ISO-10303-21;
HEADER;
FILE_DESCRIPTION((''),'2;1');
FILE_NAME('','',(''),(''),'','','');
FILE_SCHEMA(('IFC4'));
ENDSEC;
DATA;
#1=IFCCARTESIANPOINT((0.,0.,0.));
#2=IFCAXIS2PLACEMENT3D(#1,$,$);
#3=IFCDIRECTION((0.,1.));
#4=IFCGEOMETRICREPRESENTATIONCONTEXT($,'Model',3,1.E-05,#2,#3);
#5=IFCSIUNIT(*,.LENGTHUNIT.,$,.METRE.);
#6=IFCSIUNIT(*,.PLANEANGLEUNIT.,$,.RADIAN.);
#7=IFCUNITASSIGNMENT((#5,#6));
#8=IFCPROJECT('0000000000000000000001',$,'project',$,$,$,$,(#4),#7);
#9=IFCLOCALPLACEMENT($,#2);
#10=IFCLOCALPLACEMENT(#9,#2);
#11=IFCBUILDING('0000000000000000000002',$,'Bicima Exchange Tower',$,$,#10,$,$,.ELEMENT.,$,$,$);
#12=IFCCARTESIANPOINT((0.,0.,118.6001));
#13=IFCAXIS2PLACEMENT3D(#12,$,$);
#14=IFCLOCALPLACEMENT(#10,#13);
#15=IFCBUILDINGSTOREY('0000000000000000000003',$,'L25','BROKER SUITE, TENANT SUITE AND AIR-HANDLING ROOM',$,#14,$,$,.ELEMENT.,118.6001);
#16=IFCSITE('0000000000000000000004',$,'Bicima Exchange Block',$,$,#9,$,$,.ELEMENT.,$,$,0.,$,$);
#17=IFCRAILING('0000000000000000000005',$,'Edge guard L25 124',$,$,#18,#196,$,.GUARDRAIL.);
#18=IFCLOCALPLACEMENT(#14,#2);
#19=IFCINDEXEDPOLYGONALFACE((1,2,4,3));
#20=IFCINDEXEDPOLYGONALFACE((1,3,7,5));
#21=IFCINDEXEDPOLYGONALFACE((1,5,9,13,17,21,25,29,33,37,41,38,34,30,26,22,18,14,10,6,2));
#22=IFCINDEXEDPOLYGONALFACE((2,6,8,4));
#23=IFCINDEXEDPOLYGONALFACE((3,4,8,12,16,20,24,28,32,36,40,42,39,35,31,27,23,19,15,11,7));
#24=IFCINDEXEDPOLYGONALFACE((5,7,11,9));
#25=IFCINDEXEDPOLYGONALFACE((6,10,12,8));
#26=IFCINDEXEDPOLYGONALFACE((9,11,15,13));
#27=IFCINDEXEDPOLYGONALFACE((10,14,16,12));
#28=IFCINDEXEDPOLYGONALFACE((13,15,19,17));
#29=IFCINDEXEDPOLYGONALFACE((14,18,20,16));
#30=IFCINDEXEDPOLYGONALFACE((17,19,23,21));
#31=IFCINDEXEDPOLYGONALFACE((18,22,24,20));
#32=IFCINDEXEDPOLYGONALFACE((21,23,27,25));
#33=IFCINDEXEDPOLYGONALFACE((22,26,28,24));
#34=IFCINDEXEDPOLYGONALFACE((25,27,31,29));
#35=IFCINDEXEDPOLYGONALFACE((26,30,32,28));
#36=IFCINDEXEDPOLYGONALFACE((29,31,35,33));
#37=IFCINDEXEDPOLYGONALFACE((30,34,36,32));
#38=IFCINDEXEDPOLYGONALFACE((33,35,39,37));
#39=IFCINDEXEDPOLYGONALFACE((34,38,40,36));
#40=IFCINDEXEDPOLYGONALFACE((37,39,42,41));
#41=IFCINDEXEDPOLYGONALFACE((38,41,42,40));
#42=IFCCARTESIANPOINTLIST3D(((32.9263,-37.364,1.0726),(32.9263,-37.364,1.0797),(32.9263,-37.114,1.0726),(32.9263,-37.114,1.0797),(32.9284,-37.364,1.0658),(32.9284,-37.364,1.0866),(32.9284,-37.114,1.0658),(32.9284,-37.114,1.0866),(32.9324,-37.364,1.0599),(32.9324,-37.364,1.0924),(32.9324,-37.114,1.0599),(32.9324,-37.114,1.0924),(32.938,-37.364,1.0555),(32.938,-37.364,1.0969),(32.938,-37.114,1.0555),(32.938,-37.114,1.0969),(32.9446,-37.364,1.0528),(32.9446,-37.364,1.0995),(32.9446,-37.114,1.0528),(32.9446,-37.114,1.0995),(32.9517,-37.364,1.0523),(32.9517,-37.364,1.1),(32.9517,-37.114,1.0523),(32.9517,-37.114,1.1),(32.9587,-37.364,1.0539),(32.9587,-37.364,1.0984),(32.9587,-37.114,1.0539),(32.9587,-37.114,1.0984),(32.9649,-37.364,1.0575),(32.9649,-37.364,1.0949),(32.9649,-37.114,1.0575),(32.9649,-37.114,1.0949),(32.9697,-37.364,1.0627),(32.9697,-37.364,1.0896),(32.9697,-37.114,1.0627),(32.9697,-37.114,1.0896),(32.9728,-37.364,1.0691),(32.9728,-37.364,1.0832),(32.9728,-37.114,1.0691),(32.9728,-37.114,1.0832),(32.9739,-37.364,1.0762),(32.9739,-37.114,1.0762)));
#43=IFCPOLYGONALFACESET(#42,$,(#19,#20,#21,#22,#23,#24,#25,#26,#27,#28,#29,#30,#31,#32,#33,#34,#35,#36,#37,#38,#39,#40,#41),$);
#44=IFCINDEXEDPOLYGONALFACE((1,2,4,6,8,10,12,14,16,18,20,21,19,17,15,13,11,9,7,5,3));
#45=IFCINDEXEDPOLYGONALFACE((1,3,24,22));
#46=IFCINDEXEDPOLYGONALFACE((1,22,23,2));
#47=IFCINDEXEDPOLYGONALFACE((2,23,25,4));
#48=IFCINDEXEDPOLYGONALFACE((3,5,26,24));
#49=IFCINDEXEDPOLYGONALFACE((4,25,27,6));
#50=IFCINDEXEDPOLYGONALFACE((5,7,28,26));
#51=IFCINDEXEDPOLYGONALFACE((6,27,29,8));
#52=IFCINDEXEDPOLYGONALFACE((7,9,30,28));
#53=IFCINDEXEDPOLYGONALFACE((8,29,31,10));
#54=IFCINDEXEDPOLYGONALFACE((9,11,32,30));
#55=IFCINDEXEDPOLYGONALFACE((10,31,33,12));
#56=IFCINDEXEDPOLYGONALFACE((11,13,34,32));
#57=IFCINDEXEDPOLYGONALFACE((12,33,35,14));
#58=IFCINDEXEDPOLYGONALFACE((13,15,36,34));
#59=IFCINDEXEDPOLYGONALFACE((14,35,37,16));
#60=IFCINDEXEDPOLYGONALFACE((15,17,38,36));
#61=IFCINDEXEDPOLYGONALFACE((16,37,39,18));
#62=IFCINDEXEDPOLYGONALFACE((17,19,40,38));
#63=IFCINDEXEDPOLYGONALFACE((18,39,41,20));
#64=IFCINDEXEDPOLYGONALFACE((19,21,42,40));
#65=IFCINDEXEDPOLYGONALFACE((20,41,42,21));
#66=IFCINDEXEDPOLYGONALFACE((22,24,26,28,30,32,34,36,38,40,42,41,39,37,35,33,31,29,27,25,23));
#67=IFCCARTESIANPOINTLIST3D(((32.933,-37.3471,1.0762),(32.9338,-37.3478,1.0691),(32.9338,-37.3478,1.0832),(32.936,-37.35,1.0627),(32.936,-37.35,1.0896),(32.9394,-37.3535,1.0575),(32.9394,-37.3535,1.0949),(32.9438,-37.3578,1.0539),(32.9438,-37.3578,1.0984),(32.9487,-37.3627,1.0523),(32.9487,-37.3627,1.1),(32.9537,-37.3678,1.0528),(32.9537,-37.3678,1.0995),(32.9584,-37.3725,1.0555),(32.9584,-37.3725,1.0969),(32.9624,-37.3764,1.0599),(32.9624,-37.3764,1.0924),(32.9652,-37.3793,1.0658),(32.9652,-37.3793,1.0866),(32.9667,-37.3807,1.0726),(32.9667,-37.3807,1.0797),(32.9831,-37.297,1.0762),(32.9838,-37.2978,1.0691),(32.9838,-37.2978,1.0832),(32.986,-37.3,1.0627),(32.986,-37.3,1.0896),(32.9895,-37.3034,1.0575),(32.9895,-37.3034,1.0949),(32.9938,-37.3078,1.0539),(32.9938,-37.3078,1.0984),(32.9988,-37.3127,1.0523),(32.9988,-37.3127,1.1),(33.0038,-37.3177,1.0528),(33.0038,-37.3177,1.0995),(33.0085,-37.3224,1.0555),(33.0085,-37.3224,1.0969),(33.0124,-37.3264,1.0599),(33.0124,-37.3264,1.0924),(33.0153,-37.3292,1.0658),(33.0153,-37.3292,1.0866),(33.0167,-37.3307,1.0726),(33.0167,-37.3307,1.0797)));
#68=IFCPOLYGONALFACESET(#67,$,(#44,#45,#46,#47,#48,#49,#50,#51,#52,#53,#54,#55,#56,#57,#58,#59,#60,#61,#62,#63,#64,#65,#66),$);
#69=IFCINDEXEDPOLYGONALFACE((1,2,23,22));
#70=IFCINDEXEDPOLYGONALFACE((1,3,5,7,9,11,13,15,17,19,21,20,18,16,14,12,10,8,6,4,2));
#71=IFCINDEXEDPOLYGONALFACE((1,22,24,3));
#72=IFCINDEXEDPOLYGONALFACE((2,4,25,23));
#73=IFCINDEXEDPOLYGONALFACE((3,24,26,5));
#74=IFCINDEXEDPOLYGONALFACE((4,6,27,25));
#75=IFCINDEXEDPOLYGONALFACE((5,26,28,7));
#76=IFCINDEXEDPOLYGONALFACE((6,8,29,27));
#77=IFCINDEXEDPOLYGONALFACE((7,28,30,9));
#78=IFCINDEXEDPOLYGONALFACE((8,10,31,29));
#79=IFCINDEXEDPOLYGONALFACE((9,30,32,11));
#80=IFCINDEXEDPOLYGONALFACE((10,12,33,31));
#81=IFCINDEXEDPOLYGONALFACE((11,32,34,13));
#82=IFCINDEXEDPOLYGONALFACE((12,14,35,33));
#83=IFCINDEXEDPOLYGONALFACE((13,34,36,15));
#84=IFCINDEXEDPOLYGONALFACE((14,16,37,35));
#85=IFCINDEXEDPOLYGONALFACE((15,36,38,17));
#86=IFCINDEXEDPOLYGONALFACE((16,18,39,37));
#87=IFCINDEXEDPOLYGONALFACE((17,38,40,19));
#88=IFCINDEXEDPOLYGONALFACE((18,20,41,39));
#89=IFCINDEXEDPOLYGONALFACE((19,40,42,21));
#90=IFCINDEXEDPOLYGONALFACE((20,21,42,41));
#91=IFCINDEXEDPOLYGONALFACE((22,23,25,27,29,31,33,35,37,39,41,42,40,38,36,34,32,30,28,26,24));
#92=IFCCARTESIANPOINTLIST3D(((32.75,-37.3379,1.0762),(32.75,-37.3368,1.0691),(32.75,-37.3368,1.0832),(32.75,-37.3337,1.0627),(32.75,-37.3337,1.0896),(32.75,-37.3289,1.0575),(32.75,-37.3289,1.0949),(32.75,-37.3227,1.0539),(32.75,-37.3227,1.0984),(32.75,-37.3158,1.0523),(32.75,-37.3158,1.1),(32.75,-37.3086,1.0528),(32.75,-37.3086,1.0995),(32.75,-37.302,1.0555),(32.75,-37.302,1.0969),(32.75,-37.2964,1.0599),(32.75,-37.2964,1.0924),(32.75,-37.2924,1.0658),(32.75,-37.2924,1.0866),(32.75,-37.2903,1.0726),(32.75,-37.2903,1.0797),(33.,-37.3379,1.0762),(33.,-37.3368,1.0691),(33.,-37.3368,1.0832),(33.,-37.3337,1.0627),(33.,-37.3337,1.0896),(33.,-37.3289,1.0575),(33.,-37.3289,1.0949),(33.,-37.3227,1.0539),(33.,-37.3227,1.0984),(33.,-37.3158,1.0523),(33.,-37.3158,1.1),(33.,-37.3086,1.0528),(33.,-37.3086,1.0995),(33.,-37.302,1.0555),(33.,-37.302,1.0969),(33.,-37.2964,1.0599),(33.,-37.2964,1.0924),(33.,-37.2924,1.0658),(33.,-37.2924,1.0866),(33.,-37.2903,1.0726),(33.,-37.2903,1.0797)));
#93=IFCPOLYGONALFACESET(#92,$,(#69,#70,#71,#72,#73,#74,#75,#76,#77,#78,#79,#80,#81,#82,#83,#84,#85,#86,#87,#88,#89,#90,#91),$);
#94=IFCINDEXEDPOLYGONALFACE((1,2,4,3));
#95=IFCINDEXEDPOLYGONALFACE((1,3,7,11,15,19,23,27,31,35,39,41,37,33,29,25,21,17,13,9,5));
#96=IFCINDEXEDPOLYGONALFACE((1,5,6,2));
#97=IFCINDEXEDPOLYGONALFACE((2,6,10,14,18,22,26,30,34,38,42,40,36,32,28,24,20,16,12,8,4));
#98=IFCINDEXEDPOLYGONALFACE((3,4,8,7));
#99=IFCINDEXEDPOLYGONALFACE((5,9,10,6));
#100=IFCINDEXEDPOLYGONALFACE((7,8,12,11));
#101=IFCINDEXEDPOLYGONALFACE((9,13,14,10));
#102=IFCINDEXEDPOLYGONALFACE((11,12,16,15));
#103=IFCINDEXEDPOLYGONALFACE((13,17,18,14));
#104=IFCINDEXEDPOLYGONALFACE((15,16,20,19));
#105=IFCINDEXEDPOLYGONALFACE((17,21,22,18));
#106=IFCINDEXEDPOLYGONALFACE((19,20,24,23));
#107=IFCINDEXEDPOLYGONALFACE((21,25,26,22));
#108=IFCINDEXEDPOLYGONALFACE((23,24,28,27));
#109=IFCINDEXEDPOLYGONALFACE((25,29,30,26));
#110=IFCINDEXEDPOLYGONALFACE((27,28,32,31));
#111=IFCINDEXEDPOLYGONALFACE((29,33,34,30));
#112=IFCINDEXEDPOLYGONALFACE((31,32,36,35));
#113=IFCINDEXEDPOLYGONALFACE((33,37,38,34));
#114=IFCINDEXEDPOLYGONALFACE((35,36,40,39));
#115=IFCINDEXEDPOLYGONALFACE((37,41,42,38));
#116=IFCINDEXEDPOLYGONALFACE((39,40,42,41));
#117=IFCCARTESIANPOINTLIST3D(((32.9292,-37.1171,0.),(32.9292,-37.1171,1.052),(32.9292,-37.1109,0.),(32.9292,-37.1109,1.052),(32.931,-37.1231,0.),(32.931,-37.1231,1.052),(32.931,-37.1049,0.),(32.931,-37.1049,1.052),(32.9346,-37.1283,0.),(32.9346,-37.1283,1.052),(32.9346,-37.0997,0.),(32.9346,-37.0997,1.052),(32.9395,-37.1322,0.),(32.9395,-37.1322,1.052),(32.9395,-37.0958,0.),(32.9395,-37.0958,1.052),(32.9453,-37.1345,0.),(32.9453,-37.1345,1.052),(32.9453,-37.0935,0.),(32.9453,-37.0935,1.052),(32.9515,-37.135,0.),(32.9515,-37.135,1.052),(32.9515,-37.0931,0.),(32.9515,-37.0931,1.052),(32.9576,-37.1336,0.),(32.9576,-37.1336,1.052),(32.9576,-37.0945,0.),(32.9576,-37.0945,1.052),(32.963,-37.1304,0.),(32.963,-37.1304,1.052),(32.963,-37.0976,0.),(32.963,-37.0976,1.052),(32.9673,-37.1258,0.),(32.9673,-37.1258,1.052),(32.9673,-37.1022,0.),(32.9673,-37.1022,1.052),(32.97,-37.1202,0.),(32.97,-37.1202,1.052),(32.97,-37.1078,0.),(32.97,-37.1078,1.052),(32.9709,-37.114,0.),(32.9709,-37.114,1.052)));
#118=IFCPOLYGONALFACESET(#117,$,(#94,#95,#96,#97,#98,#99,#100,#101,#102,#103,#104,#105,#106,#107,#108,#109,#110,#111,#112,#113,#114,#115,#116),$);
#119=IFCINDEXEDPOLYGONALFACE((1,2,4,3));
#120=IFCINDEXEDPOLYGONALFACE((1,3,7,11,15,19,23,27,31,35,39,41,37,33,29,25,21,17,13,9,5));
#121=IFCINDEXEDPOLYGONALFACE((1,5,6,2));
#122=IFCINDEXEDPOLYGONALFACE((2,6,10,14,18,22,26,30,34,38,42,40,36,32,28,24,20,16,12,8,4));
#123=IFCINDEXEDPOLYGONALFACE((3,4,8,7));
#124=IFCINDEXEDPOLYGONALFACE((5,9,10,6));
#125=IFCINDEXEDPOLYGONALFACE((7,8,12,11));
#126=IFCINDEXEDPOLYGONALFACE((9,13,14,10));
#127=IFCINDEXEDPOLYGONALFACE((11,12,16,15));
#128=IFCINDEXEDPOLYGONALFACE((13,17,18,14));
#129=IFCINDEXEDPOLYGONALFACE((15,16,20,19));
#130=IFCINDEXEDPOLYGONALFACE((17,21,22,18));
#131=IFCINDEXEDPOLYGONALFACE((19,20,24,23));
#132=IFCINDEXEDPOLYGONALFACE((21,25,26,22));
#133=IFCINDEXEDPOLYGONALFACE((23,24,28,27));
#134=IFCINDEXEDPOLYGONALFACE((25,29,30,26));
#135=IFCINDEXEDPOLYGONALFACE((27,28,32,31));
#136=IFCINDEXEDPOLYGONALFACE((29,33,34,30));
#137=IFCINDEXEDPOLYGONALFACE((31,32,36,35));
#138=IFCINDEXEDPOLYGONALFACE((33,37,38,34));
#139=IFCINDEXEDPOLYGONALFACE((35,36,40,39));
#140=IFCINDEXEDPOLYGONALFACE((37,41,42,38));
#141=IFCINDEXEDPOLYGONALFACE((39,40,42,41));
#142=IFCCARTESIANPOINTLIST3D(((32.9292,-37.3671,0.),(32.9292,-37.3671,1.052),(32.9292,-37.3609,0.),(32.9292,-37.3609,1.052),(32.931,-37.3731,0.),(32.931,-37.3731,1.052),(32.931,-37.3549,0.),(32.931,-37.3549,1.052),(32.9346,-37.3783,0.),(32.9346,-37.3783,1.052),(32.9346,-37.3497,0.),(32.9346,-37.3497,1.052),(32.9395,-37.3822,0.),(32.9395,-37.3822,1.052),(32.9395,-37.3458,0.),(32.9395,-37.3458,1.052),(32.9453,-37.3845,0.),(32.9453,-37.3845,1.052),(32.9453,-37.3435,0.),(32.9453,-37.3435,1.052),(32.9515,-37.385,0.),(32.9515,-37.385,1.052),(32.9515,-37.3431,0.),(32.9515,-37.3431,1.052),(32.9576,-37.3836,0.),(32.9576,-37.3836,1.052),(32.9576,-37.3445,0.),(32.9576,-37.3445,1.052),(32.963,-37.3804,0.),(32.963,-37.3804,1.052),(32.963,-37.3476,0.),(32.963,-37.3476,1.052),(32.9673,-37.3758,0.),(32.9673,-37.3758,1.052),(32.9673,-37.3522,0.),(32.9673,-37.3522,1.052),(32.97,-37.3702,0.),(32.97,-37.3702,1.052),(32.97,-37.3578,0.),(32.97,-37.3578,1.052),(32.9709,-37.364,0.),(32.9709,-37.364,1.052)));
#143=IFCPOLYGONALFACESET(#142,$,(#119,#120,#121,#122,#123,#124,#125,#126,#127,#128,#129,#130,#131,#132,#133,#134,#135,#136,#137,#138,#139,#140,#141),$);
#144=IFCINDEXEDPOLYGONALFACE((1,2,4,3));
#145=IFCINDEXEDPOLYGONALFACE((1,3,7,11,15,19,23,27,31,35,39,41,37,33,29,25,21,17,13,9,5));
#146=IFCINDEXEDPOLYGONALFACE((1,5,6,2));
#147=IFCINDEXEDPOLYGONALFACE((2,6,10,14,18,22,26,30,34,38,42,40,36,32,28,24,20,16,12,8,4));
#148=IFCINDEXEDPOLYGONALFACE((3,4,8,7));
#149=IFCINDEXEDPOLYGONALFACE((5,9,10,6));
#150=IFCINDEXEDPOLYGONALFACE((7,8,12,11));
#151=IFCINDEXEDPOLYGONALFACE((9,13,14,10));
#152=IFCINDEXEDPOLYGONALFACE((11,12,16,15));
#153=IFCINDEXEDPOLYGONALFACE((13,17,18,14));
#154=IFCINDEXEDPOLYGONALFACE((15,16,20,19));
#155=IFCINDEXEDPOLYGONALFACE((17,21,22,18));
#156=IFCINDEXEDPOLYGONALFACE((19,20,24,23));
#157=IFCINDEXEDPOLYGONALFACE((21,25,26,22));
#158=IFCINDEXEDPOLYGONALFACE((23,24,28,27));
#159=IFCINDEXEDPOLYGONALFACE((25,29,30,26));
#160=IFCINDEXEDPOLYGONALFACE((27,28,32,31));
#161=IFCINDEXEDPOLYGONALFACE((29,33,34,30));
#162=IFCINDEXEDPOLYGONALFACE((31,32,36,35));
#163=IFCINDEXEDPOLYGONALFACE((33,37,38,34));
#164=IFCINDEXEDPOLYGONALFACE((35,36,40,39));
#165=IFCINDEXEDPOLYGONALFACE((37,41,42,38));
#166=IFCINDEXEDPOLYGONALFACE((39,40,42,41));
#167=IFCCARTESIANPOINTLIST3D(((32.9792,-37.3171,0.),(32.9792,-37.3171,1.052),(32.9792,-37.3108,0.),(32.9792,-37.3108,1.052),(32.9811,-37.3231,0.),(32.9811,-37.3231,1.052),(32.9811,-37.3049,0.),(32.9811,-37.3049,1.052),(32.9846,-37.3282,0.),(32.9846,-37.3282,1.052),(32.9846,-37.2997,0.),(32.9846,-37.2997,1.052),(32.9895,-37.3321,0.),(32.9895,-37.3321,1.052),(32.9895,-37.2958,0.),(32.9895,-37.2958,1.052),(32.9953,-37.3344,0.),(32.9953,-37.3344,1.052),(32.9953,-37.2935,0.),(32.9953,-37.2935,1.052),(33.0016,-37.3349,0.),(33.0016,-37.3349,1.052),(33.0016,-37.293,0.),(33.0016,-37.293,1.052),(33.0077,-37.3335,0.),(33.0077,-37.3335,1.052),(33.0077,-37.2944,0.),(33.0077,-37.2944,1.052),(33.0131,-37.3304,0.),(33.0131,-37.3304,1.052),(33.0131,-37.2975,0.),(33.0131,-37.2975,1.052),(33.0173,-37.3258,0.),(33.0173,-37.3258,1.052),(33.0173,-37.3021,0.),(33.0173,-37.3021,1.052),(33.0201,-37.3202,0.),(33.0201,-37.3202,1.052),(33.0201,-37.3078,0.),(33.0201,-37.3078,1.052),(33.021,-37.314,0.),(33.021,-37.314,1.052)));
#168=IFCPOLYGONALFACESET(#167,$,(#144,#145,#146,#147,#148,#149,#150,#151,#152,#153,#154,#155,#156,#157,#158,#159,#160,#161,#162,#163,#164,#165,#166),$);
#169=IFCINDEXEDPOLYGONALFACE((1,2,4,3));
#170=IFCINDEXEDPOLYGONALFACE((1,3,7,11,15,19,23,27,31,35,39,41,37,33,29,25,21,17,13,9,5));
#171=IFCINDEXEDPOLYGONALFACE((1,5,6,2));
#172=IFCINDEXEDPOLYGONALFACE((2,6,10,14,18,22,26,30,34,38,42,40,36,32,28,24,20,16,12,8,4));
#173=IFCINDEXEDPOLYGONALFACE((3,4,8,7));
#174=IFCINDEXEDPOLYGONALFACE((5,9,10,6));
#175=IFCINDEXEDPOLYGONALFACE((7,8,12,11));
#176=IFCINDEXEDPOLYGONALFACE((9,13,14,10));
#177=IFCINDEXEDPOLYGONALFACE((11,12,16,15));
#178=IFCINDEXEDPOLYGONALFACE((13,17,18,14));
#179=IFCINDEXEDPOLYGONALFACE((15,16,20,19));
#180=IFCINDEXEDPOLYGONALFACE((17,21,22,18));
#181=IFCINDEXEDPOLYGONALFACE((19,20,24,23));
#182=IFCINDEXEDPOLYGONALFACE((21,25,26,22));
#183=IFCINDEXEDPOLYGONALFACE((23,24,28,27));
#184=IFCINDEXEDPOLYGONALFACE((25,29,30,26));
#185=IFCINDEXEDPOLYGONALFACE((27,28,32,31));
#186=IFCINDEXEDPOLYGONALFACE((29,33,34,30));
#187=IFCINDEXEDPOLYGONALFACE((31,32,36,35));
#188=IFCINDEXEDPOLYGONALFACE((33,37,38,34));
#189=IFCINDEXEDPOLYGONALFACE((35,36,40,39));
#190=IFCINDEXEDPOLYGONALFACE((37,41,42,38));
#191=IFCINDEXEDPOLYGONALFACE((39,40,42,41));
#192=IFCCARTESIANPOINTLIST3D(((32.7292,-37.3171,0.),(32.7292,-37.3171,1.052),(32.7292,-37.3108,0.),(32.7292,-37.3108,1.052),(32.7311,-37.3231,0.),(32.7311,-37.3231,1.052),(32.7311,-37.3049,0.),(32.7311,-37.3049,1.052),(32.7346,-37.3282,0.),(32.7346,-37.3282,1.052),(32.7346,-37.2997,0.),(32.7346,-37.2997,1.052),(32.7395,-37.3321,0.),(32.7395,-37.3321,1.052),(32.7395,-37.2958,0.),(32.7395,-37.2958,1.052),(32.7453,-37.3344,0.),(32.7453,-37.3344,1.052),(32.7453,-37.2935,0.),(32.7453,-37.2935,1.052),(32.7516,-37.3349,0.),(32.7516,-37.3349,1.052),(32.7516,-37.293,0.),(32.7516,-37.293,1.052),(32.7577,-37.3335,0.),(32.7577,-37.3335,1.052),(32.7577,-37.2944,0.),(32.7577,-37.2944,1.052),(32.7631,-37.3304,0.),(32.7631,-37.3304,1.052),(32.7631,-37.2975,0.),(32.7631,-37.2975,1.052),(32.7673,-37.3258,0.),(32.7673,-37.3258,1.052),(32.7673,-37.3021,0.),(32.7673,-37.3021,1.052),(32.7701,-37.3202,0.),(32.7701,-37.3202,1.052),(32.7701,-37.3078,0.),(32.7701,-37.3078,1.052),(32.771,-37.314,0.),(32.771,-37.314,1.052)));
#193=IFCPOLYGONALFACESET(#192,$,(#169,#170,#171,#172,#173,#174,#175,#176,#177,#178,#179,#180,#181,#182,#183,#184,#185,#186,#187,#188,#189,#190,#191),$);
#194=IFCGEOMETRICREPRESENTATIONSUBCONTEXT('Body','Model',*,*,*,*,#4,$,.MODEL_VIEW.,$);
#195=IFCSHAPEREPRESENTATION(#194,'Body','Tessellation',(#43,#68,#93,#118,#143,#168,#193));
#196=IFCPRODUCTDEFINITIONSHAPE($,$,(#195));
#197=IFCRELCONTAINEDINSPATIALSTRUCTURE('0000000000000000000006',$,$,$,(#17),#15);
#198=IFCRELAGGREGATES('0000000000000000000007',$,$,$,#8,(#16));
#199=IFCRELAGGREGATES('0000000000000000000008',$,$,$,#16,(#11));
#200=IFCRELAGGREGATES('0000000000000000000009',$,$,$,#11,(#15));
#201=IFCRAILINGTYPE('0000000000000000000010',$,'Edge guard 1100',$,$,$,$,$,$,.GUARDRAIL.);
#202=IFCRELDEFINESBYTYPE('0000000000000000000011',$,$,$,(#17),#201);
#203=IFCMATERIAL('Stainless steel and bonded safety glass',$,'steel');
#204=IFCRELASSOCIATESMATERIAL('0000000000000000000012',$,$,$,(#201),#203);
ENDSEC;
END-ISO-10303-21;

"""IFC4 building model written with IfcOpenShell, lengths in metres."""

from ifc_helpers import new_model, si_unit, direction, frame, origin, origin_2d, place, context, subcontext, project, spatial, circle, extrude, material, type_object, element, save


model = new_model("IFC4")

# Units and contexts
model_context = context("Model", 3, precision=1e-05, world=origin(), true_north=direction((0.0, 1.0)))
body_context = subcontext(model_context, "Body", "Model", "MODEL_VIEW")
ifc_project = project(units=[si_unit("LENGTHUNIT", "METRE"), si_unit("PLANEANGLEUNIT", "RADIAN")], contexts=[model_context])

# Site, building, storey
site_placement = place(None, origin())
site = spatial("IfcSite", under=ifc_project, at=site_placement, Name="Bicima Exchange Block", CompositionType="ELEMENT", RefElevation=0.0)
building_placement = place(site_placement, origin())
building = spatial("IfcBuilding", under=site, at=building_placement, Name="Bicima Exchange Tower", CompositionType="ELEMENT")
storey_placement = place(building_placement, frame((0.0, 0.0, 118.6001)))
storey = spatial("IfcBuildingStorey", under=building, at=storey_placement, Name="L25", Description="BROKER SUITE, TENANT SUITE AND AIR-HANDLING ROOM", CompositionType="ELEMENT", Elevation=118.6001)

# Railing
ifc_material_1 = material(Name="Stainless steel and bonded safety glass", Category="steel")
railing_type = type_object("IfcRailingType", Name="Edge guard 1100", PredefinedType="GUARDRAIL", material=ifc_material_1)
railing_1_placement = place(storey_placement, frame((32.95, -37.114, 0.0)))
element("IfcRailing", 1, at=railing_1_placement, inside=storey, type_object=railing_type, Name="Edge guard L25 124", PredefinedType="GUARDRAIL", context=body_context, shape_type="SweptSolid", body=[
    extrude(circle(Radius=0.0239, at=origin_2d()), frame((0.0, 0.0, 1.0762), z_axis=(0.0, -1.0, 0.0), x_axis=(1.0, 0.0, 0.0)), (0.0, 0.0, 1.0), 0.25),
    extrude(circle(Radius=0.0239, at=origin_2d()), frame((0.0, -0.25, 1.0762), z_axis=(0.707107, 0.707107, 0.0), x_axis=(-0.707107, 0.707107, 0.0)), (0.0, 0.0, 1.0), 0.0708),
    extrude(circle(Radius=0.0239, at=origin_2d()), frame((0.05, -0.2, 1.0762), z_axis=(-1.0, 0.0, 0.0), x_axis=(0.0, -1.0, 0.0)), (0.0, 0.0, 1.0), 0.25),
    extrude(circle(Radius=0.021, at=origin_2d()), origin(), (0.0, 0.0, 1.0), 1.052),
    extrude(circle(Radius=0.021, at=origin_2d()), frame((0.0, -0.25, 0.0)), (0.0, 0.0, 1.0), 1.052),
    extrude(circle(Radius=0.021, at=origin_2d()), frame((0.05, -0.2, 0.0)), (0.0, 0.0, 1.0), 1.052),
    extrude(circle(Radius=0.021, at=origin_2d()), frame((-0.2, -0.2, 0.0)), (0.0, 0.0, 1.0), 1.052),
])

save(model, "model.ifc")
